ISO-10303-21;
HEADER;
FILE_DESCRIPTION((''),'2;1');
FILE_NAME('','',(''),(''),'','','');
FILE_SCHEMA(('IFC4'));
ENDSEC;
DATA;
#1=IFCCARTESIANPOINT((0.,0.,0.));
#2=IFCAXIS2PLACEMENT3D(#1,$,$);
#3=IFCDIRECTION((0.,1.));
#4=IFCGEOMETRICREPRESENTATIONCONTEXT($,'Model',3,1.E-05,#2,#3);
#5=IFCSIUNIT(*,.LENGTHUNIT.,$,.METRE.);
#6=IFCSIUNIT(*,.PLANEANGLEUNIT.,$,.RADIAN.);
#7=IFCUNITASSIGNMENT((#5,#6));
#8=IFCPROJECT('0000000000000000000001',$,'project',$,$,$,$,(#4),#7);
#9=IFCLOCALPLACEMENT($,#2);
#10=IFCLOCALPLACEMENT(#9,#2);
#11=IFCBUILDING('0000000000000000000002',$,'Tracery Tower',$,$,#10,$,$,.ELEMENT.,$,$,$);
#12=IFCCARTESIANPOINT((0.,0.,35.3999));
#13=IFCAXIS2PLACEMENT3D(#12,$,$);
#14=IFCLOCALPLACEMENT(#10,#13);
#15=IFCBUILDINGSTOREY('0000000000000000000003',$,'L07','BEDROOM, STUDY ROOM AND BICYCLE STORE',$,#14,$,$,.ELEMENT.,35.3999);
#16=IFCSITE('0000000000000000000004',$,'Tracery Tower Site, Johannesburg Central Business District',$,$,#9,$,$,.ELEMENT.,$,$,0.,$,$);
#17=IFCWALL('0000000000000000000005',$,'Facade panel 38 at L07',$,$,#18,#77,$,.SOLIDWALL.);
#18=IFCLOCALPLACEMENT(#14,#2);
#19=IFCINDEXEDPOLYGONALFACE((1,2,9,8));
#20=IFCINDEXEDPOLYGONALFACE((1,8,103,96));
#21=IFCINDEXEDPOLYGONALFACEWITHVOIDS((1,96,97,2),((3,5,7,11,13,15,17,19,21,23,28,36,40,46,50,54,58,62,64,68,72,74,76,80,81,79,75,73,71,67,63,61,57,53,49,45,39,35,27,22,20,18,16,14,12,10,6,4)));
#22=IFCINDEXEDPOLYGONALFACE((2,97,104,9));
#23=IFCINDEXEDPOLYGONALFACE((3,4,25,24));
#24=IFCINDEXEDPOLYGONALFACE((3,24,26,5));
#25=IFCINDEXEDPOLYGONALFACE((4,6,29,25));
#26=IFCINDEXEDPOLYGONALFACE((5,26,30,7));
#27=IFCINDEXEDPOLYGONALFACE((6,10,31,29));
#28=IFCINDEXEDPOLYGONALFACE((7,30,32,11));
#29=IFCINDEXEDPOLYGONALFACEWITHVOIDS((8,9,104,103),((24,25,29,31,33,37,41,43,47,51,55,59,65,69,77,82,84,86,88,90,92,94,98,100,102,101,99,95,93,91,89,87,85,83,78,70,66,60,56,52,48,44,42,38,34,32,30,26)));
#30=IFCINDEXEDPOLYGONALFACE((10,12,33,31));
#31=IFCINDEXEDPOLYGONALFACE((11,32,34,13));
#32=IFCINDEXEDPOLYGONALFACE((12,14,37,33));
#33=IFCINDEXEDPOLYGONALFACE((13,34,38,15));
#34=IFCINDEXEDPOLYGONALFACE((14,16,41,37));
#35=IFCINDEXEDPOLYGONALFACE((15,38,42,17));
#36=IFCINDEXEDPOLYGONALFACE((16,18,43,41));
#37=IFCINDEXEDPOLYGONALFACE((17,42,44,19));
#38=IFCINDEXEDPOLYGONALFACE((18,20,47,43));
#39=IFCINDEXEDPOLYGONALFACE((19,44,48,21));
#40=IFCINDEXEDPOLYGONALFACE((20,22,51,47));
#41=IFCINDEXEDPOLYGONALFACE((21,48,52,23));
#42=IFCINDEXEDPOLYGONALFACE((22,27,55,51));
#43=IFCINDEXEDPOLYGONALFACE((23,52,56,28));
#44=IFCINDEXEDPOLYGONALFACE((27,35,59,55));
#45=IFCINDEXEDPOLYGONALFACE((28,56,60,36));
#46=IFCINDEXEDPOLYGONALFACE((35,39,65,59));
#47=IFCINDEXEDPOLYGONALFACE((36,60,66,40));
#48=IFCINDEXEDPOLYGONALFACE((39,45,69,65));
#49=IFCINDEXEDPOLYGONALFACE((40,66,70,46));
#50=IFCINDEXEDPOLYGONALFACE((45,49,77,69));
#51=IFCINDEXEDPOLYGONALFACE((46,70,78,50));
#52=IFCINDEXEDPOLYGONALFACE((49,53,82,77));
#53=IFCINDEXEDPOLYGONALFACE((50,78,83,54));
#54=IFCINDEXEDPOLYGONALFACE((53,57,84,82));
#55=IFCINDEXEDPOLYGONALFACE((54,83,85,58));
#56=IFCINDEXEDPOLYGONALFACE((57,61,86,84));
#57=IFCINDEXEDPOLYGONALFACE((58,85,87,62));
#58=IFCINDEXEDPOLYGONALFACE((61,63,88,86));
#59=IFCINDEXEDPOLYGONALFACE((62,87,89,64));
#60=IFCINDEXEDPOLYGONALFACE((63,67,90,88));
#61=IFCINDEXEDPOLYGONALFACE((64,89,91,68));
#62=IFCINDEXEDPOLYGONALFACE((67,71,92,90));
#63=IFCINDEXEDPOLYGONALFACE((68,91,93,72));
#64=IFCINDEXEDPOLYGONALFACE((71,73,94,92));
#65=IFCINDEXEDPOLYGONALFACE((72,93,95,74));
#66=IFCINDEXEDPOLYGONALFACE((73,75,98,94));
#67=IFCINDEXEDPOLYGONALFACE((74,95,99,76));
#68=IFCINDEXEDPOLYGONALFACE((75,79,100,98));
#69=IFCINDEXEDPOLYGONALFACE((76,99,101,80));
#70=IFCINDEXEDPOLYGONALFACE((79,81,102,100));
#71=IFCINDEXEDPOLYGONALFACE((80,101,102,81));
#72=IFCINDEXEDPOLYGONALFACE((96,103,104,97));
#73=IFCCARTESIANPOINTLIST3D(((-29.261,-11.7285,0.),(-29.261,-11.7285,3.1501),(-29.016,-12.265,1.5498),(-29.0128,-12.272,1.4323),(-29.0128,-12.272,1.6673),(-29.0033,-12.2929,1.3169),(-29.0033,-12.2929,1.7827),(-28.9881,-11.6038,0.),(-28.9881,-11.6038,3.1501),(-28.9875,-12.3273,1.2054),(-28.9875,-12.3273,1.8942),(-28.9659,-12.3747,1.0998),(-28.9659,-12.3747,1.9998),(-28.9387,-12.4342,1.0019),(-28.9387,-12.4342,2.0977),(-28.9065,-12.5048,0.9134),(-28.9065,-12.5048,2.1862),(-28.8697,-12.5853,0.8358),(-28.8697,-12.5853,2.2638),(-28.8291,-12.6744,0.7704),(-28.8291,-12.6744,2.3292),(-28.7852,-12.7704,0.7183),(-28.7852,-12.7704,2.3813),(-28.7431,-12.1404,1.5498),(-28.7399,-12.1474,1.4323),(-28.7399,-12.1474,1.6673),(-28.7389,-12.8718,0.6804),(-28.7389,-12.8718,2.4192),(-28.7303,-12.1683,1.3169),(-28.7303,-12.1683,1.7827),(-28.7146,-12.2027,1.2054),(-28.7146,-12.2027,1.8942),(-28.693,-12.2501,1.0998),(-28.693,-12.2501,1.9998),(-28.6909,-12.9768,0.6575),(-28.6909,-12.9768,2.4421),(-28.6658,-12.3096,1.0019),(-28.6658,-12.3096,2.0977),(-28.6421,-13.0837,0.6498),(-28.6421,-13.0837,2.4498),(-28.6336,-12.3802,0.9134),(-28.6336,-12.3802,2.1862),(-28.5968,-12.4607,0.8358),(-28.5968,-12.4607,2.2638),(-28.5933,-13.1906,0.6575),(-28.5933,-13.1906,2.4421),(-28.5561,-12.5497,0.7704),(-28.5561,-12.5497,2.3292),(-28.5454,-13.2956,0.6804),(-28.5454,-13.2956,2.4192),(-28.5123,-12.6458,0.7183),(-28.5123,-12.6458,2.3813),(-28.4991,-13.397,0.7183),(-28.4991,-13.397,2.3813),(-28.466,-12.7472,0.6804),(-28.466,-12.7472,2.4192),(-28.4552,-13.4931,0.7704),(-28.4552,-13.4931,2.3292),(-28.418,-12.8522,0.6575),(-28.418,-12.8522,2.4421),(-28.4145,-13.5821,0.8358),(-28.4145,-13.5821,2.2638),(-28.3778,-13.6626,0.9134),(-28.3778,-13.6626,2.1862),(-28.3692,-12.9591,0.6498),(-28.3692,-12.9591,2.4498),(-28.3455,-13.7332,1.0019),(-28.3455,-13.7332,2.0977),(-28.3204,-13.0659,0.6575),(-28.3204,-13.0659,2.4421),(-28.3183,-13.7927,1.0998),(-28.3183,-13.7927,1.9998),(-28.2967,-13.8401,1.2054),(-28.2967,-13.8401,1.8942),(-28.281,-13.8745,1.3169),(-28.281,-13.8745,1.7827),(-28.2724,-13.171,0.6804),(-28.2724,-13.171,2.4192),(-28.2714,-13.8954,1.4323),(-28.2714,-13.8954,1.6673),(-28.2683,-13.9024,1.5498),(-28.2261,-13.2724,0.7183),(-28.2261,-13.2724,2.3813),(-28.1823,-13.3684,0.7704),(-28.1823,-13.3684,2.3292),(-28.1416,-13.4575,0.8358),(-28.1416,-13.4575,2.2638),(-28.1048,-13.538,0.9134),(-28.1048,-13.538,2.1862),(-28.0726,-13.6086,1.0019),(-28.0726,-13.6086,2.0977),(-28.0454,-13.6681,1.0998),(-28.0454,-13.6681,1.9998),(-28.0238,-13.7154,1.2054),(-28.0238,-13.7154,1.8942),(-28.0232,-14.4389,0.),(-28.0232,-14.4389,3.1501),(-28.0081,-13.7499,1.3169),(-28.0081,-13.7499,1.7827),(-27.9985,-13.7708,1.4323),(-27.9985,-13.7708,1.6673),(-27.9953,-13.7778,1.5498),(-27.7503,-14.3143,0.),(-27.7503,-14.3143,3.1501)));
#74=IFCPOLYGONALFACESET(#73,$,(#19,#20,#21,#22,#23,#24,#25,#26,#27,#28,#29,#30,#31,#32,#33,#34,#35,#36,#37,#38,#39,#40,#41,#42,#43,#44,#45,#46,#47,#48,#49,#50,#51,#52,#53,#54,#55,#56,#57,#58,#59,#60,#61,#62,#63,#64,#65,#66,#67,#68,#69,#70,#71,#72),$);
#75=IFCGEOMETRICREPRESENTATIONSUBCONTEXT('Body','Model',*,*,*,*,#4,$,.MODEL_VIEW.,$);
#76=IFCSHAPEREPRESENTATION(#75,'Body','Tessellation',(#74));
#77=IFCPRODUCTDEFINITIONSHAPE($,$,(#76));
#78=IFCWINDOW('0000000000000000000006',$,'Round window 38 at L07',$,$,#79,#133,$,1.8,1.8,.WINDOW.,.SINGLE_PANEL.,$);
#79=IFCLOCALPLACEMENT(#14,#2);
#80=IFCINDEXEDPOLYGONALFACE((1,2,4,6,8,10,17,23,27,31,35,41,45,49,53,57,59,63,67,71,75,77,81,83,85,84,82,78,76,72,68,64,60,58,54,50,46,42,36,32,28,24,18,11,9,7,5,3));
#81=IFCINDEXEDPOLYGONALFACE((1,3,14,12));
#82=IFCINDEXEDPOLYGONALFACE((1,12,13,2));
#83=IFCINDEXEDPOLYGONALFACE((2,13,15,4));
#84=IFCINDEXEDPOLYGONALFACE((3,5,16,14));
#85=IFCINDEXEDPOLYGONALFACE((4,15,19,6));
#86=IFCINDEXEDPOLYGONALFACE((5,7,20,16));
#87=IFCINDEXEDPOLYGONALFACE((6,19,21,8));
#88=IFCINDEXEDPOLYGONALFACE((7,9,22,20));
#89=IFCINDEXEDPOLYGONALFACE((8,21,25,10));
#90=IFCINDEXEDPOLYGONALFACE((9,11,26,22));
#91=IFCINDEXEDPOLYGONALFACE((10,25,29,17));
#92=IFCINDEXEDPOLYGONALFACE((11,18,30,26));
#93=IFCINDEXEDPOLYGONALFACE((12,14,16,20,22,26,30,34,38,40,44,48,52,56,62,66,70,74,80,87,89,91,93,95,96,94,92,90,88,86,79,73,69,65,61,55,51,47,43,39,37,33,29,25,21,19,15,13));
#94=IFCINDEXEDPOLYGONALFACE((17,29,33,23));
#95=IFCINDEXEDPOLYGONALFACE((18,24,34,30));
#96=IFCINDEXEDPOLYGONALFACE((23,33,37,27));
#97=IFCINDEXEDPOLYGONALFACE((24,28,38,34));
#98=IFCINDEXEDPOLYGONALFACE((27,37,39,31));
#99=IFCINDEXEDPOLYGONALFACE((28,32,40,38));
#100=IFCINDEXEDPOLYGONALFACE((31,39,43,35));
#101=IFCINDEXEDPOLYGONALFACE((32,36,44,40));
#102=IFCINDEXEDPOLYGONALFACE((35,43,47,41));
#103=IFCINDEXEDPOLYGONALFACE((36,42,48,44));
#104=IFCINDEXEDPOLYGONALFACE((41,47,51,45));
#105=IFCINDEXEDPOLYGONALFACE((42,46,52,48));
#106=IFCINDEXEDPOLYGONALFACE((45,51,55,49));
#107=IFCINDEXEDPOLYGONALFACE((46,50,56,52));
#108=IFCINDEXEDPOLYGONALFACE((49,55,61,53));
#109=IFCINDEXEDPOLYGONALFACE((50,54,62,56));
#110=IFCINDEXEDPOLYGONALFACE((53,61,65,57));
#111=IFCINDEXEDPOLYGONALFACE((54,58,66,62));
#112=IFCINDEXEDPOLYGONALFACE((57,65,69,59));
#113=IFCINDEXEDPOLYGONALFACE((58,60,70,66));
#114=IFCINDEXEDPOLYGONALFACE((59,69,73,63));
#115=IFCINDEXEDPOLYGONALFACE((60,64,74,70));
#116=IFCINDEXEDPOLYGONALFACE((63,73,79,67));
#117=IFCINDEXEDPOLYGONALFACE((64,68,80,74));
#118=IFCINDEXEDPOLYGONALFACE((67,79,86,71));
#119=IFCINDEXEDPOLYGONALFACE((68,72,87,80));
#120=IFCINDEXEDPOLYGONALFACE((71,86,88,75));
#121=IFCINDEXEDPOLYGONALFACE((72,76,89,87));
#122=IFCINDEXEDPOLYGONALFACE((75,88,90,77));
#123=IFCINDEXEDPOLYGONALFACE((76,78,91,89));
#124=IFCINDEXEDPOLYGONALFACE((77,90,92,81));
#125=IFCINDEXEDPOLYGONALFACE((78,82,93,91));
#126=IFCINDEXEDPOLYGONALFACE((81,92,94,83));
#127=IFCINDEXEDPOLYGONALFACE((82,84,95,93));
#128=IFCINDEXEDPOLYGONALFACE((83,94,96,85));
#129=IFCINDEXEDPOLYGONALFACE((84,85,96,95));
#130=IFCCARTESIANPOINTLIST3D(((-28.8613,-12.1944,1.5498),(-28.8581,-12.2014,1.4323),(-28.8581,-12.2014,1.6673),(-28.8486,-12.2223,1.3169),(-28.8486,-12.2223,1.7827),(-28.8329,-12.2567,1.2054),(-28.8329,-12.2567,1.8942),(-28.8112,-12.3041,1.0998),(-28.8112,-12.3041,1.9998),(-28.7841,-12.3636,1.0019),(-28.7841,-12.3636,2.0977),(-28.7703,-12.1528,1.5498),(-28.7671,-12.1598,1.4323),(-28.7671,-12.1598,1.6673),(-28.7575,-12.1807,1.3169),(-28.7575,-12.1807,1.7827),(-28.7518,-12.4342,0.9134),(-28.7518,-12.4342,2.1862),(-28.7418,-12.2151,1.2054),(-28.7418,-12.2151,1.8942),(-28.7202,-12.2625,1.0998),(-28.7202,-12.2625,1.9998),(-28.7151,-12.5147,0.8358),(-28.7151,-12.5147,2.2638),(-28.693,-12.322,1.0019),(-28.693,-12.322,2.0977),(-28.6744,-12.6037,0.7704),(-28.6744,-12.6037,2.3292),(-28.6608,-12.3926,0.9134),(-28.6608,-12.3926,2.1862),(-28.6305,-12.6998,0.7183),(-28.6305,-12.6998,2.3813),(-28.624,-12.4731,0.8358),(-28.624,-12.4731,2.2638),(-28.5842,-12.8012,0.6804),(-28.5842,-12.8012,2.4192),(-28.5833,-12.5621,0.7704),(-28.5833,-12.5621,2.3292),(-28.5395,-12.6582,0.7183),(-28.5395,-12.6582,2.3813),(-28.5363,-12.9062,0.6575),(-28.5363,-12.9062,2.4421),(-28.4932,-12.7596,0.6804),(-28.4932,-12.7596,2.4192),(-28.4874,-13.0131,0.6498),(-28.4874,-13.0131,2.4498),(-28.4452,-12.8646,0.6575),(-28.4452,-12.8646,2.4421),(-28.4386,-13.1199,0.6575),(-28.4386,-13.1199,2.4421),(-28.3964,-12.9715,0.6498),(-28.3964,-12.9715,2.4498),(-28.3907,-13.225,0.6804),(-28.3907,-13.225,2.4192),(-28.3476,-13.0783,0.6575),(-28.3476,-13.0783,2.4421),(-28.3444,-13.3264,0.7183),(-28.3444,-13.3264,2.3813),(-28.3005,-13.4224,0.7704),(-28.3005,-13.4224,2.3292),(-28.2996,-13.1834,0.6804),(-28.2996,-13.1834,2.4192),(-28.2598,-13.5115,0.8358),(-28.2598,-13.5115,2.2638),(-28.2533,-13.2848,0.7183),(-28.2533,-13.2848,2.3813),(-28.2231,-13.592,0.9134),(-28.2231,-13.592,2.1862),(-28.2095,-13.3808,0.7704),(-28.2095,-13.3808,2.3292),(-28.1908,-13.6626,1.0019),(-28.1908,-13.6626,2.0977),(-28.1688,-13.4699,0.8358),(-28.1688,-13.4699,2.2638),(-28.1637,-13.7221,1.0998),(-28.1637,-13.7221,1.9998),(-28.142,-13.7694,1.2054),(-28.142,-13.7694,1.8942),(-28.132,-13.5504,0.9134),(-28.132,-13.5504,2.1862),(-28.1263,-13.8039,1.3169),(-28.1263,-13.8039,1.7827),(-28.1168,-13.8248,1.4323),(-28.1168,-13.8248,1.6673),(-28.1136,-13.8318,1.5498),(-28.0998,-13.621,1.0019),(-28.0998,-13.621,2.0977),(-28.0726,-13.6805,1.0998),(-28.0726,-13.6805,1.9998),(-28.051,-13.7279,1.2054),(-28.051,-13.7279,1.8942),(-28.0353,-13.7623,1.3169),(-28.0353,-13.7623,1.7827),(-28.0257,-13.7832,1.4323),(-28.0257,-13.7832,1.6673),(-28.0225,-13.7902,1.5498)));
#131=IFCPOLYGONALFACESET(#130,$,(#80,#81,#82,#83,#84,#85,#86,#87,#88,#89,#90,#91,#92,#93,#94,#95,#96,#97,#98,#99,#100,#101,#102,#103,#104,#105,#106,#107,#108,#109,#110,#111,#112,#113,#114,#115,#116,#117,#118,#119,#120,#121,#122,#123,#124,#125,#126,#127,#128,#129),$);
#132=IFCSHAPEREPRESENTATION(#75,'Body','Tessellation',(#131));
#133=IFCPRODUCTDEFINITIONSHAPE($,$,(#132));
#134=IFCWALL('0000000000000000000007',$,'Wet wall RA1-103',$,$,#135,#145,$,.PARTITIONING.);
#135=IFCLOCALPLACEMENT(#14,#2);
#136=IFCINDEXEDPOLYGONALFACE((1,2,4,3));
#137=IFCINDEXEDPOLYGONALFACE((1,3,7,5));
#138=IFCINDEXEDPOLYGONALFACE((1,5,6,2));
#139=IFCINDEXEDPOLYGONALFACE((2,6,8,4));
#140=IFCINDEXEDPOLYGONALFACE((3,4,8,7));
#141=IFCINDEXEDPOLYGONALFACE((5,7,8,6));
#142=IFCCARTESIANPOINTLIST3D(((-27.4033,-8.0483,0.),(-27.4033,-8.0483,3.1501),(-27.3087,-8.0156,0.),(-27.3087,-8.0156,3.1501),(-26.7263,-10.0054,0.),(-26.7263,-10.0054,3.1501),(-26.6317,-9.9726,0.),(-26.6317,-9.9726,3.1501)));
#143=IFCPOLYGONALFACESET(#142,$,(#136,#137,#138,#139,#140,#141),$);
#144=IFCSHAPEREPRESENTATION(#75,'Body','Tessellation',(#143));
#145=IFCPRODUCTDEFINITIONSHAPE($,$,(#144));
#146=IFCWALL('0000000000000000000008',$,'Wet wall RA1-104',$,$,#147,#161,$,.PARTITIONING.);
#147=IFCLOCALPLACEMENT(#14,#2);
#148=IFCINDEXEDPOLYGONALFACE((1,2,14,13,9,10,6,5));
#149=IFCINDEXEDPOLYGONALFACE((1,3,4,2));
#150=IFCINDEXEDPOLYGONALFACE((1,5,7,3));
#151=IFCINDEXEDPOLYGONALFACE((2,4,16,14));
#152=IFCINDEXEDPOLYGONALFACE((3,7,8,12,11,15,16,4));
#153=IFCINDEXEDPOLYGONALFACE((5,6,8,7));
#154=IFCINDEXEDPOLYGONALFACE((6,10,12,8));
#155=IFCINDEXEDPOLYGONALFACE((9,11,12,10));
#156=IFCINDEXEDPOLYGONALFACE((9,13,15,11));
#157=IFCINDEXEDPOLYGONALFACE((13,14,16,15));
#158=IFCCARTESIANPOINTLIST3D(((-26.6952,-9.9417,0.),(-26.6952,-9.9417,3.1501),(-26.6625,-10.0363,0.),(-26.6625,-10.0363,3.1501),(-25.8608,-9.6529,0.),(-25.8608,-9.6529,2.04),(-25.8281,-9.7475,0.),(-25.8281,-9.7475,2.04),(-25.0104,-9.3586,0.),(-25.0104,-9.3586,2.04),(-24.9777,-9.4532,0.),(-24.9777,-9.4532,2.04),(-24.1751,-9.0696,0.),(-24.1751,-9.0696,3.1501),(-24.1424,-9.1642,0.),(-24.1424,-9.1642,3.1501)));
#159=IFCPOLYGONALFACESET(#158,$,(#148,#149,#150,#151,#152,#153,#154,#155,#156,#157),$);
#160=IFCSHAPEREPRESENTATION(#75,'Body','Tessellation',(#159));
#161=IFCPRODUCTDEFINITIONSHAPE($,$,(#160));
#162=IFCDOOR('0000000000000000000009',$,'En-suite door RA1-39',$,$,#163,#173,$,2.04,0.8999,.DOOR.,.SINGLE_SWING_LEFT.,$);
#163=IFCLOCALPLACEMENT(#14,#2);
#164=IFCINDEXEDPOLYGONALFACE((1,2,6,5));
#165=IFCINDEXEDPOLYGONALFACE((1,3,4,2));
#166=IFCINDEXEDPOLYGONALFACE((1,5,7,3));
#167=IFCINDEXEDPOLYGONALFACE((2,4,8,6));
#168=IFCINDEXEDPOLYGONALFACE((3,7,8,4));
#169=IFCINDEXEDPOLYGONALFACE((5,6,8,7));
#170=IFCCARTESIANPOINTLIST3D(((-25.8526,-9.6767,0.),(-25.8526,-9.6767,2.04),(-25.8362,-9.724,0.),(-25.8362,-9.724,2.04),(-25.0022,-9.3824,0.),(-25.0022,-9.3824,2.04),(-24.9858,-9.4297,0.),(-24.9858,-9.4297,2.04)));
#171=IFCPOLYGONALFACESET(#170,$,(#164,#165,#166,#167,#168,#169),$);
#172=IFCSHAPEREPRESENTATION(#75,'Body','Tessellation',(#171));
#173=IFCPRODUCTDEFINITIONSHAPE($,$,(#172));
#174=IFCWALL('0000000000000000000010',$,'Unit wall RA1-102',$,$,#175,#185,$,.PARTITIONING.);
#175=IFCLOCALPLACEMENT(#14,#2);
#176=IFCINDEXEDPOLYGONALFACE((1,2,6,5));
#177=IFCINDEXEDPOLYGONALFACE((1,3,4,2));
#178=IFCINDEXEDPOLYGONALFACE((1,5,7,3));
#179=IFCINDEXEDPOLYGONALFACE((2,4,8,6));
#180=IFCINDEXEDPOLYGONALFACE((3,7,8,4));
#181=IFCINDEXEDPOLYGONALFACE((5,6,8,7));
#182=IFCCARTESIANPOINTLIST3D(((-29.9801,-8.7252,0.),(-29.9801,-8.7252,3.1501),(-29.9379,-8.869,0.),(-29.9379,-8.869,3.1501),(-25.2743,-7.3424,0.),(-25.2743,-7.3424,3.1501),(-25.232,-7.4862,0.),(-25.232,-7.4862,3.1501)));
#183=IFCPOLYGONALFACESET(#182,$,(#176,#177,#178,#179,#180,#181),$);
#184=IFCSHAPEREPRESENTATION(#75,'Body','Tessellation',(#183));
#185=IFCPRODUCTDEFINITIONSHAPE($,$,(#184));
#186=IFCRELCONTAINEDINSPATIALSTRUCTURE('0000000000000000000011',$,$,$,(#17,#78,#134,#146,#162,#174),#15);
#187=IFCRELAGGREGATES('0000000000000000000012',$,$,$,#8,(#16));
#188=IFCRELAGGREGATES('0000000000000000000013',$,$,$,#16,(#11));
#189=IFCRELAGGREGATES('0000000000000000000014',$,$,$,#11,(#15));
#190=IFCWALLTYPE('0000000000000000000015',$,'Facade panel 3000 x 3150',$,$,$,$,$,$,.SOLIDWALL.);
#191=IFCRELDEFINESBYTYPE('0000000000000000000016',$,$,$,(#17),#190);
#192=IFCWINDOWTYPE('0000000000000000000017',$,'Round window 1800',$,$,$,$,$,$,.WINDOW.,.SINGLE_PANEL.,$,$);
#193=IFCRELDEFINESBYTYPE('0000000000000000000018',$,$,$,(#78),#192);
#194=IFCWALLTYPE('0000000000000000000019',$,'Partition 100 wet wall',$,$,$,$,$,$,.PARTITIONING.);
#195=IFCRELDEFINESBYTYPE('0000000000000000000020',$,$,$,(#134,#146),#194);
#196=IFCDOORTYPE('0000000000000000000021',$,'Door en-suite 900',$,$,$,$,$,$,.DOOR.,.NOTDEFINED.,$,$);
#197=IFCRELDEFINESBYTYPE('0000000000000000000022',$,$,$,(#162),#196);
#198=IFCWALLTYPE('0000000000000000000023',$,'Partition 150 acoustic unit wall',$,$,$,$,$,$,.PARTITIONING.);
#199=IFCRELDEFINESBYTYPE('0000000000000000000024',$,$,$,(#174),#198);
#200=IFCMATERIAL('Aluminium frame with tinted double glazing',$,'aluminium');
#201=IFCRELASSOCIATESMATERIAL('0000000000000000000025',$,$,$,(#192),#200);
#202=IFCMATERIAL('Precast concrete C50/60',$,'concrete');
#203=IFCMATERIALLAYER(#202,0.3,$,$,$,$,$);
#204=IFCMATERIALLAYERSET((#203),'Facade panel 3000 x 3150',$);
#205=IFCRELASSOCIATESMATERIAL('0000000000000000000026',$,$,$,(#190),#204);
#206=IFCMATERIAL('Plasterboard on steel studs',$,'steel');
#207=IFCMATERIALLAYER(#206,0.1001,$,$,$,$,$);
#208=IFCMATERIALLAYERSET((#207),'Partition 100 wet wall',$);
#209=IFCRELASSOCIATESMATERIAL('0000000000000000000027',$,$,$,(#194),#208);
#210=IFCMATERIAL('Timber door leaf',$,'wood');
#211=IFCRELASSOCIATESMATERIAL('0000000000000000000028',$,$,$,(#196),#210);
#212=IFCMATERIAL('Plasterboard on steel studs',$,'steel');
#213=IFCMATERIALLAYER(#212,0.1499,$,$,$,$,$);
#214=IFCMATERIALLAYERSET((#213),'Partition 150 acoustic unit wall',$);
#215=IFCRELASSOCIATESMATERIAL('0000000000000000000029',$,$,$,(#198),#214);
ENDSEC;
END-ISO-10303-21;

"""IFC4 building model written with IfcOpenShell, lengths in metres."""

from ifc_helpers import new_model, si_unit, direction, frame, frame_2d, origin, origin_2d, place, context, subcontext, project, spatial, rectangle, circle, extrude, material, layer, layer_set, type_object, element, fill, save


model = new_model("IFC4")

# Units and contexts
model_context = context("Model", 3, precision=1e-05, world=origin(), true_north=direction((0.0, 1.0)))
body_context = subcontext(model_context, "Body", "Model", "MODEL_VIEW")
ifc_project = project(units=[si_unit("LENGTHUNIT", "METRE"), si_unit("PLANEANGLEUNIT", "RADIAN")], contexts=[model_context])

# Site, building, storey
site_placement = place(None, origin())
site = spatial("IfcSite", under=ifc_project, at=site_placement, Name="Tracery Tower Site, Johannesburg Central Business District", CompositionType="ELEMENT", RefElevation=0.0)
building_placement = place(site_placement, origin())
building = spatial("IfcBuilding", under=site, at=building_placement, Name="Tracery Tower", CompositionType="ELEMENT")
storey_placement = place(building_placement, frame((0.0, 0.0, 35.3999)))
storey = spatial("IfcBuildingStorey", under=building, at=storey_placement, Name="L07", Description="BEDROOM, STUDY ROOM AND BICYCLE STORE", CompositionType="ELEMENT", Elevation=35.3999)

# Wall, opening, window
ifc_material_1 = material(Name="Aluminium frame with tinted double glazing", Category="aluminium")
window_type = type_object("IfcWindowType", Name="Round window 1800", PartitioningType="SINGLE_PANEL", PredefinedType="WINDOW", material=ifc_material_1)
ifc_material_2 = material(Name="Precast concrete C50/60", Category="concrete")
ifc_layer_1 = layer(ifc_material_2, 0.3)
ifc_layer_set_1 = layer_set([ifc_layer_1], Name="Facade panel 3000 x 3150")
wall_type_1 = type_object("IfcWallType", Name="Facade panel 3000 x 3150", PredefinedType="SOLIDWALL", material=ifc_layer_set_1)
wall_1_placement = place(storey_placement, frame((-29.1245, -11.6663, 0.0), z_axis=(0.0, 0.0, 1.0), x_axis=(0.415407, -0.909636, 0.0)))
wall_1 = element("IfcWall", 1, at=wall_1_placement, inside=storey, type_object=wall_type_1, Name="Facade panel 38 at L07", PredefinedType="SOLIDWALL", context=body_context, shape_type="SweptSolid", body=[
    extrude(rectangle(XDim=2.9797, YDim=0.3, at=frame_2d((1.4897, 0.0))), origin(), (0.0, 0.0, 1.0), 3.1501),
])
opening_1_placement = place(wall_1_placement, frame((1.4897, 0.0, 1.5498)))
opening_1 = element("IfcOpeningElement", 2, at=opening_1_placement, cuts=wall_1, PredefinedType="OPENING", context=body_context, shape_type="SweptSolid", body=[
    extrude(circle(Radius=0.9, at=origin_2d()), frame((0.0, 0.1599, 0.0), z_axis=(0.0, -1.0, 0.0), x_axis=(1.0, 0.0, 0.0)), (0.0, 0.0, 1.0), 0.3201),
])
window_1_placement = place(opening_1_placement, origin())
window_1 = element("IfcWindow", 3, at=window_1_placement, inside=storey, type_object=window_type, Name="Round window 38 at L07", OverallHeight=1.8, OverallWidth=1.8, PartitioningType="SINGLE_PANEL", PredefinedType="WINDOW", context=body_context, shape_type="SweptSolid", body=[
    extrude(circle(Radius=0.9, at=origin_2d()), frame((0.0, 0.1201, 0.0), z_axis=(0.0, -1.0, 0.0), x_axis=(1.0, 0.0, 0.0)), (0.0, 0.0, 1.0), 0.1001),
])
fill(opening_1, window_1)

# Wall
ifc_material_3 = material(Name="Plasterboard on steel studs", Category="steel")
ifc_layer_2 = layer(ifc_material_3, 0.1001)
ifc_layer_set_2 = layer_set([ifc_layer_2], Name="Partition 100 wet wall")
wall_type_2 = type_object("IfcWallType", Name="Partition 100 wet wall", PredefinedType="PARTITIONING", material=ifc_layer_set_2)
wall_2_placement = place(storey_placement, frame((-27.356, -8.032, 0.0), z_axis=(0.0, 0.0, 1.0), x_axis=(0.326924, -0.945051, 0.0)))
element("IfcWall", 4, at=wall_2_placement, inside=storey, type_object=wall_type_2, Name="Wet wall RA1-103", PredefinedType="PARTITIONING", context=body_context, shape_type="SweptSolid", body=[
    extrude(rectangle(XDim=2.0708, YDim=0.1001, at=frame_2d((1.0354, 0.0))), origin(), (0.0, 0.0, 1.0), 3.1501),
])

# Wall, opening, door
wall_3_placement = place(storey_placement, frame((-26.679, -9.989, 0.0), z_axis=(0.0, 0.0, 1.0), x_axis=(0.945014, 0.327029, 0.0)))
wall_3 = element("IfcWall", 5, at=wall_3_placement, inside=storey, type_object=wall_type_2, Name="Wet wall RA1-104", PredefinedType="PARTITIONING", context=body_context, shape_type="SweptSolid", body=[
    extrude(rectangle(XDim=2.6667, YDim=0.1001, at=frame_2d((1.3335, 0.0))), origin(), (0.0, 0.0, 1.0), 3.1501),
])
opening_2_placement = place(wall_3_placement, frame((0.8831, 0.0, 0.0)))
opening_2 = element("IfcOpeningElement", 6, at=opening_2_placement, cuts=wall_3, PredefinedType="OPENING", context=body_context, shape_type="SweptSolid", body=[
    extrude(rectangle(XDim=0.8999, YDim=2.04, at=frame_2d((0.45, 1.02))), frame((0.0, 0.05, 0.0), z_axis=(0.0, -1.0, 0.0), x_axis=(1.0, 0.0, 0.0)), (0.0, 0.0, 1.0), 0.1001),
])
ifc_material_4 = material(Name="Timber door leaf", Category="wood")
door_type_1 = type_object("IfcDoorType", Name="Door en-suite 900", OperationType="NOTDEFINED", PredefinedType="DOOR", material=ifc_material_4)
door_1_placement = place(opening_2_placement, origin())
door_1 = element("IfcDoor", 7, at=door_1_placement, inside=storey, type_object=door_type_1, Name="En-suite door RA1-39", OperationType="SINGLE_SWING_LEFT", OverallHeight=2.04, OverallWidth=0.8999, PredefinedType="DOOR", context=body_context, shape_type="SweptSolid", body=[
    extrude(rectangle(XDim=0.8999, YDim=2.04, at=frame_2d((0.45, 1.02))), frame((0.0, 0.0249, 0.0), z_axis=(0.0, -1.0, 0.0), x_axis=(1.0, 0.0, 0.0)), (0.0, 0.0, 1.0), 0.05),
])
fill(opening_2, door_1)

# Wall
ifc_material_5 = material(Name="Plasterboard on steel studs", Category="steel")
ifc_layer_3 = layer(ifc_material_5, 0.1499)
ifc_layer_set_3 = layer_set([ifc_layer_3], Name="Partition 150 acoustic unit wall")
wall_type_3 = type_object("IfcWallType", Name="Partition 150 acoustic unit wall", PredefinedType="PARTITIONING", material=ifc_layer_set_3)
wall_4_placement = place(storey_placement, frame((-29.959, -8.7971, 0.0), z_axis=(0.0, 0.0, 1.0), x_axis=(0.959434, 0.281932, 0.0)))
element("IfcWall", 8, at=wall_4_placement, inside=storey, type_object=wall_type_3, Name="Unit wall RA1-102", PredefinedType="PARTITIONING", context=body_context, shape_type="SweptSolid", body=[
    extrude(rectangle(XDim=4.9048, YDim=0.1499, at=frame_2d((2.4524, 0.0))), origin(), (0.0, 0.0, 1.0), 3.1501),
])

save(model, "model.ifc")
